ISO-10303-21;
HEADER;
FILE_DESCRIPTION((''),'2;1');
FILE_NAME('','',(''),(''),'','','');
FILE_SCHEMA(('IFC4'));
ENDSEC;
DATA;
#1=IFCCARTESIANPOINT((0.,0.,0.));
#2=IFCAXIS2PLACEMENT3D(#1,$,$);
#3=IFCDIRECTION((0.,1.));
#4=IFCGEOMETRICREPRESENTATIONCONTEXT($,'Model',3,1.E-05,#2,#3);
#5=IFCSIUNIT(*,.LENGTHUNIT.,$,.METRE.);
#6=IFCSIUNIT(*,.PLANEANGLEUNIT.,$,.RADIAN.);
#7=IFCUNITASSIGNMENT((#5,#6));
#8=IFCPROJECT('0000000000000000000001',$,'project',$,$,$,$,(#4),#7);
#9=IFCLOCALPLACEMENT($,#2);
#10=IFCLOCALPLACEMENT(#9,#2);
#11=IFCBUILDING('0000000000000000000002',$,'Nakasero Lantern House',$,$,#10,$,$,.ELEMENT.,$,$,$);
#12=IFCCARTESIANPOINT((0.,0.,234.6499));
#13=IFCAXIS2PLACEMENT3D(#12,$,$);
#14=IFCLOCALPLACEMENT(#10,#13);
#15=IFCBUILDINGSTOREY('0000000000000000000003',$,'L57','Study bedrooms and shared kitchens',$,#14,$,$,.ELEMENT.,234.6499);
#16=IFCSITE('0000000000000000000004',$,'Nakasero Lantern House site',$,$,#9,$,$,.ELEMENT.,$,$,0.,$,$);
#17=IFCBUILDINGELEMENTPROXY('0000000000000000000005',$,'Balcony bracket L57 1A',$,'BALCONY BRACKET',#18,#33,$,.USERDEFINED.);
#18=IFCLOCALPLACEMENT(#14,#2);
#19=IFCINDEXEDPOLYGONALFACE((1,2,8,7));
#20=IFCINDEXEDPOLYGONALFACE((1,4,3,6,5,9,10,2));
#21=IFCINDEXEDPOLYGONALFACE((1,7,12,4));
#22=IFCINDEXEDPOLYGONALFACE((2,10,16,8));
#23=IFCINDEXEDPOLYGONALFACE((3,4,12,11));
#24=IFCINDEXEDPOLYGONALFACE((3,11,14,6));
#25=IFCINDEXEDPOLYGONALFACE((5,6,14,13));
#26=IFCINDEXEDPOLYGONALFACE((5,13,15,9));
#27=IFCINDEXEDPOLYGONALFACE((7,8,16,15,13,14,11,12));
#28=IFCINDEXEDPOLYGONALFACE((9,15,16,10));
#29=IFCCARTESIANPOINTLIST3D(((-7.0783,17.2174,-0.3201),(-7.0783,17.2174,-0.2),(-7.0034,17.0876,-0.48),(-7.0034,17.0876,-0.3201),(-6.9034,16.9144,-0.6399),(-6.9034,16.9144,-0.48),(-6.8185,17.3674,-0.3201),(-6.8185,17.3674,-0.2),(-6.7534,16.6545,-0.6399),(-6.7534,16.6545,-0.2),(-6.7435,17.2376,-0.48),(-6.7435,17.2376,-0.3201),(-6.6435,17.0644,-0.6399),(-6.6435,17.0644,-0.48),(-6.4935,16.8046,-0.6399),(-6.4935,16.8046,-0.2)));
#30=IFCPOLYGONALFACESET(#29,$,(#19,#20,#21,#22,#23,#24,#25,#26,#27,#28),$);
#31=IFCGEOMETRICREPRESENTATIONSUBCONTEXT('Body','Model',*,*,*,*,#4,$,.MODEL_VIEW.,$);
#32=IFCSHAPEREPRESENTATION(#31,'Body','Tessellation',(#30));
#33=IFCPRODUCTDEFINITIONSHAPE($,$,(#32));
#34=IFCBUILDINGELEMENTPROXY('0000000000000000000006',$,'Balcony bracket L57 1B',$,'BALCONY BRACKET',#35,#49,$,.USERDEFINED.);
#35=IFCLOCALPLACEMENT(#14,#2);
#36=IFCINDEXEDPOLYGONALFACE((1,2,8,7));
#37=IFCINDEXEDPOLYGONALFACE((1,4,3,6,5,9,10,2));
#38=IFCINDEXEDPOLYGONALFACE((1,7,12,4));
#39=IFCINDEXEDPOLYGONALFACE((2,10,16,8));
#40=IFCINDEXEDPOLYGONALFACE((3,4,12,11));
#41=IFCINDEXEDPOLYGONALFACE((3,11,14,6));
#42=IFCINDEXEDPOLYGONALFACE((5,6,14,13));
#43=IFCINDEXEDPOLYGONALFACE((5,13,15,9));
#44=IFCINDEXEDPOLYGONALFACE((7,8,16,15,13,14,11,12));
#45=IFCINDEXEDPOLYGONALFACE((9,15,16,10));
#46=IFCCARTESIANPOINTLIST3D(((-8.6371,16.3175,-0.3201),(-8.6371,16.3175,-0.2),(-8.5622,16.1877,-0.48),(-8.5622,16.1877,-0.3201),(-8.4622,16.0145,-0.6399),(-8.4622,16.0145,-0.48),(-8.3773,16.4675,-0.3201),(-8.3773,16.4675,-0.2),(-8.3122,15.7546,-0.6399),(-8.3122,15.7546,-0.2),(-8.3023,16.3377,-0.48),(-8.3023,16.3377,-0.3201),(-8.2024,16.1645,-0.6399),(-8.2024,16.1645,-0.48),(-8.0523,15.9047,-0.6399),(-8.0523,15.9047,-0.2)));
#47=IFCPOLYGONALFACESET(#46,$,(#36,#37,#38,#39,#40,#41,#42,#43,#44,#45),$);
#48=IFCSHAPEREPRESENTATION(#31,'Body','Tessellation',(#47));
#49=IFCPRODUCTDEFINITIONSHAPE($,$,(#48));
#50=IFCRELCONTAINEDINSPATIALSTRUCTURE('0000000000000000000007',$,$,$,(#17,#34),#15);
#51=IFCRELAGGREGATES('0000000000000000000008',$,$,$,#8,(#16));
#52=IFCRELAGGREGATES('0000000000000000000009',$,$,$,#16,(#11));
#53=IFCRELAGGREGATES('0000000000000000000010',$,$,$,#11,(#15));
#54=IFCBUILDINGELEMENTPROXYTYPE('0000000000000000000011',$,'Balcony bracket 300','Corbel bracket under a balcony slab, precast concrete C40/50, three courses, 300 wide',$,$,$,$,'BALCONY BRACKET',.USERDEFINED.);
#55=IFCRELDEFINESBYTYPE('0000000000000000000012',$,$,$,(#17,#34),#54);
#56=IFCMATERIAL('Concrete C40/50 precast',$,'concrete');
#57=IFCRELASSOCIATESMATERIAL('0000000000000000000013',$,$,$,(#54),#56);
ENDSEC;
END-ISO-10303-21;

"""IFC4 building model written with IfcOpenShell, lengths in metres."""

from ifc_helpers import new_model, si_unit, direction, frame, origin, place, context, subcontext, project, spatial, polyline, outline, extrude, material, type_object, element, save


model = new_model("IFC4")

# Units and contexts
model_context = context("Model", 3, precision=1e-05, world=origin(), true_north=direction((0.0, 1.0)))
body_context = subcontext(model_context, "Body", "Model", "MODEL_VIEW")
ifc_project = project(units=[si_unit("LENGTHUNIT", "METRE"), si_unit("PLANEANGLEUNIT", "RADIAN")], contexts=[model_context])

# Site, building, storey
site_placement = place(None, origin())
site = spatial("IfcSite", under=ifc_project, at=site_placement, Name="Nakasero Lantern House site", CompositionType="ELEMENT", RefElevation=0.0)
building_placement = place(site_placement, origin())
building = spatial("IfcBuilding", under=site, at=building_placement, Name="Nakasero Lantern House", CompositionType="ELEMENT")
storey_placement = place(building_placement, frame((0.0, 0.0, 234.6499)))
storey = spatial("IfcBuildingStorey", under=building, at=storey_placement, Name="L57", Description="Study bedrooms and shared kitchens", CompositionType="ELEMENT", Elevation=234.6499)

# Building element proxies
ifc_material_1 = material(Name="Concrete C40/50 precast", Category="concrete")
building_element_proxy_type = type_object("IfcBuildingElementProxyType", Name="Balcony bracket 300", Description="Corbel bracket under a balcony slab, precast concrete C40/50, three courses, 300 wide", ElementType="BALCONY BRACKET", PredefinedType="USERDEFINED", material=ifc_material_1)
for number, where, z_axis, x_axis, name in (
    (1, (-6.6235, 16.7295, -0.2), (0.0, 0.0, 1.0), (-0.5, 0.866025, 0.0), "Balcony bracket L57 1A"),
    (2, (-8.1824, 15.8296, -0.2), (0.0, 0.0, 1.0), (-0.5, 0.866025, 0.0), "Balcony bracket L57 1B"),
):
    element("IfcBuildingElementProxy", number, at=place(storey_placement, frame(where, z_axis=z_axis, x_axis=x_axis)), inside=storey, type_object=building_element_proxy_type, Name=name, ObjectType="BALCONY BRACKET", PredefinedType="USERDEFINED", context=body_context, shape_type="SweptSolid", body=[
        extrude(outline(polyline([(0.0, 0.0), (0.6499, 0.0), (0.6499, -0.1201), (0.5, -0.1201), (0.5, -0.28), (0.3, -0.28), (0.3, -0.4399), (0.0, -0.4399), (0.0, 0.0)])), frame((0.0, 0.1499, 0.0), z_axis=(0.0, -1.0, 0.0), x_axis=(1.0, 0.0, 0.0)), (0.0, 0.0, 1.0), 0.3),
    ])

save(model, "model.ifc")
